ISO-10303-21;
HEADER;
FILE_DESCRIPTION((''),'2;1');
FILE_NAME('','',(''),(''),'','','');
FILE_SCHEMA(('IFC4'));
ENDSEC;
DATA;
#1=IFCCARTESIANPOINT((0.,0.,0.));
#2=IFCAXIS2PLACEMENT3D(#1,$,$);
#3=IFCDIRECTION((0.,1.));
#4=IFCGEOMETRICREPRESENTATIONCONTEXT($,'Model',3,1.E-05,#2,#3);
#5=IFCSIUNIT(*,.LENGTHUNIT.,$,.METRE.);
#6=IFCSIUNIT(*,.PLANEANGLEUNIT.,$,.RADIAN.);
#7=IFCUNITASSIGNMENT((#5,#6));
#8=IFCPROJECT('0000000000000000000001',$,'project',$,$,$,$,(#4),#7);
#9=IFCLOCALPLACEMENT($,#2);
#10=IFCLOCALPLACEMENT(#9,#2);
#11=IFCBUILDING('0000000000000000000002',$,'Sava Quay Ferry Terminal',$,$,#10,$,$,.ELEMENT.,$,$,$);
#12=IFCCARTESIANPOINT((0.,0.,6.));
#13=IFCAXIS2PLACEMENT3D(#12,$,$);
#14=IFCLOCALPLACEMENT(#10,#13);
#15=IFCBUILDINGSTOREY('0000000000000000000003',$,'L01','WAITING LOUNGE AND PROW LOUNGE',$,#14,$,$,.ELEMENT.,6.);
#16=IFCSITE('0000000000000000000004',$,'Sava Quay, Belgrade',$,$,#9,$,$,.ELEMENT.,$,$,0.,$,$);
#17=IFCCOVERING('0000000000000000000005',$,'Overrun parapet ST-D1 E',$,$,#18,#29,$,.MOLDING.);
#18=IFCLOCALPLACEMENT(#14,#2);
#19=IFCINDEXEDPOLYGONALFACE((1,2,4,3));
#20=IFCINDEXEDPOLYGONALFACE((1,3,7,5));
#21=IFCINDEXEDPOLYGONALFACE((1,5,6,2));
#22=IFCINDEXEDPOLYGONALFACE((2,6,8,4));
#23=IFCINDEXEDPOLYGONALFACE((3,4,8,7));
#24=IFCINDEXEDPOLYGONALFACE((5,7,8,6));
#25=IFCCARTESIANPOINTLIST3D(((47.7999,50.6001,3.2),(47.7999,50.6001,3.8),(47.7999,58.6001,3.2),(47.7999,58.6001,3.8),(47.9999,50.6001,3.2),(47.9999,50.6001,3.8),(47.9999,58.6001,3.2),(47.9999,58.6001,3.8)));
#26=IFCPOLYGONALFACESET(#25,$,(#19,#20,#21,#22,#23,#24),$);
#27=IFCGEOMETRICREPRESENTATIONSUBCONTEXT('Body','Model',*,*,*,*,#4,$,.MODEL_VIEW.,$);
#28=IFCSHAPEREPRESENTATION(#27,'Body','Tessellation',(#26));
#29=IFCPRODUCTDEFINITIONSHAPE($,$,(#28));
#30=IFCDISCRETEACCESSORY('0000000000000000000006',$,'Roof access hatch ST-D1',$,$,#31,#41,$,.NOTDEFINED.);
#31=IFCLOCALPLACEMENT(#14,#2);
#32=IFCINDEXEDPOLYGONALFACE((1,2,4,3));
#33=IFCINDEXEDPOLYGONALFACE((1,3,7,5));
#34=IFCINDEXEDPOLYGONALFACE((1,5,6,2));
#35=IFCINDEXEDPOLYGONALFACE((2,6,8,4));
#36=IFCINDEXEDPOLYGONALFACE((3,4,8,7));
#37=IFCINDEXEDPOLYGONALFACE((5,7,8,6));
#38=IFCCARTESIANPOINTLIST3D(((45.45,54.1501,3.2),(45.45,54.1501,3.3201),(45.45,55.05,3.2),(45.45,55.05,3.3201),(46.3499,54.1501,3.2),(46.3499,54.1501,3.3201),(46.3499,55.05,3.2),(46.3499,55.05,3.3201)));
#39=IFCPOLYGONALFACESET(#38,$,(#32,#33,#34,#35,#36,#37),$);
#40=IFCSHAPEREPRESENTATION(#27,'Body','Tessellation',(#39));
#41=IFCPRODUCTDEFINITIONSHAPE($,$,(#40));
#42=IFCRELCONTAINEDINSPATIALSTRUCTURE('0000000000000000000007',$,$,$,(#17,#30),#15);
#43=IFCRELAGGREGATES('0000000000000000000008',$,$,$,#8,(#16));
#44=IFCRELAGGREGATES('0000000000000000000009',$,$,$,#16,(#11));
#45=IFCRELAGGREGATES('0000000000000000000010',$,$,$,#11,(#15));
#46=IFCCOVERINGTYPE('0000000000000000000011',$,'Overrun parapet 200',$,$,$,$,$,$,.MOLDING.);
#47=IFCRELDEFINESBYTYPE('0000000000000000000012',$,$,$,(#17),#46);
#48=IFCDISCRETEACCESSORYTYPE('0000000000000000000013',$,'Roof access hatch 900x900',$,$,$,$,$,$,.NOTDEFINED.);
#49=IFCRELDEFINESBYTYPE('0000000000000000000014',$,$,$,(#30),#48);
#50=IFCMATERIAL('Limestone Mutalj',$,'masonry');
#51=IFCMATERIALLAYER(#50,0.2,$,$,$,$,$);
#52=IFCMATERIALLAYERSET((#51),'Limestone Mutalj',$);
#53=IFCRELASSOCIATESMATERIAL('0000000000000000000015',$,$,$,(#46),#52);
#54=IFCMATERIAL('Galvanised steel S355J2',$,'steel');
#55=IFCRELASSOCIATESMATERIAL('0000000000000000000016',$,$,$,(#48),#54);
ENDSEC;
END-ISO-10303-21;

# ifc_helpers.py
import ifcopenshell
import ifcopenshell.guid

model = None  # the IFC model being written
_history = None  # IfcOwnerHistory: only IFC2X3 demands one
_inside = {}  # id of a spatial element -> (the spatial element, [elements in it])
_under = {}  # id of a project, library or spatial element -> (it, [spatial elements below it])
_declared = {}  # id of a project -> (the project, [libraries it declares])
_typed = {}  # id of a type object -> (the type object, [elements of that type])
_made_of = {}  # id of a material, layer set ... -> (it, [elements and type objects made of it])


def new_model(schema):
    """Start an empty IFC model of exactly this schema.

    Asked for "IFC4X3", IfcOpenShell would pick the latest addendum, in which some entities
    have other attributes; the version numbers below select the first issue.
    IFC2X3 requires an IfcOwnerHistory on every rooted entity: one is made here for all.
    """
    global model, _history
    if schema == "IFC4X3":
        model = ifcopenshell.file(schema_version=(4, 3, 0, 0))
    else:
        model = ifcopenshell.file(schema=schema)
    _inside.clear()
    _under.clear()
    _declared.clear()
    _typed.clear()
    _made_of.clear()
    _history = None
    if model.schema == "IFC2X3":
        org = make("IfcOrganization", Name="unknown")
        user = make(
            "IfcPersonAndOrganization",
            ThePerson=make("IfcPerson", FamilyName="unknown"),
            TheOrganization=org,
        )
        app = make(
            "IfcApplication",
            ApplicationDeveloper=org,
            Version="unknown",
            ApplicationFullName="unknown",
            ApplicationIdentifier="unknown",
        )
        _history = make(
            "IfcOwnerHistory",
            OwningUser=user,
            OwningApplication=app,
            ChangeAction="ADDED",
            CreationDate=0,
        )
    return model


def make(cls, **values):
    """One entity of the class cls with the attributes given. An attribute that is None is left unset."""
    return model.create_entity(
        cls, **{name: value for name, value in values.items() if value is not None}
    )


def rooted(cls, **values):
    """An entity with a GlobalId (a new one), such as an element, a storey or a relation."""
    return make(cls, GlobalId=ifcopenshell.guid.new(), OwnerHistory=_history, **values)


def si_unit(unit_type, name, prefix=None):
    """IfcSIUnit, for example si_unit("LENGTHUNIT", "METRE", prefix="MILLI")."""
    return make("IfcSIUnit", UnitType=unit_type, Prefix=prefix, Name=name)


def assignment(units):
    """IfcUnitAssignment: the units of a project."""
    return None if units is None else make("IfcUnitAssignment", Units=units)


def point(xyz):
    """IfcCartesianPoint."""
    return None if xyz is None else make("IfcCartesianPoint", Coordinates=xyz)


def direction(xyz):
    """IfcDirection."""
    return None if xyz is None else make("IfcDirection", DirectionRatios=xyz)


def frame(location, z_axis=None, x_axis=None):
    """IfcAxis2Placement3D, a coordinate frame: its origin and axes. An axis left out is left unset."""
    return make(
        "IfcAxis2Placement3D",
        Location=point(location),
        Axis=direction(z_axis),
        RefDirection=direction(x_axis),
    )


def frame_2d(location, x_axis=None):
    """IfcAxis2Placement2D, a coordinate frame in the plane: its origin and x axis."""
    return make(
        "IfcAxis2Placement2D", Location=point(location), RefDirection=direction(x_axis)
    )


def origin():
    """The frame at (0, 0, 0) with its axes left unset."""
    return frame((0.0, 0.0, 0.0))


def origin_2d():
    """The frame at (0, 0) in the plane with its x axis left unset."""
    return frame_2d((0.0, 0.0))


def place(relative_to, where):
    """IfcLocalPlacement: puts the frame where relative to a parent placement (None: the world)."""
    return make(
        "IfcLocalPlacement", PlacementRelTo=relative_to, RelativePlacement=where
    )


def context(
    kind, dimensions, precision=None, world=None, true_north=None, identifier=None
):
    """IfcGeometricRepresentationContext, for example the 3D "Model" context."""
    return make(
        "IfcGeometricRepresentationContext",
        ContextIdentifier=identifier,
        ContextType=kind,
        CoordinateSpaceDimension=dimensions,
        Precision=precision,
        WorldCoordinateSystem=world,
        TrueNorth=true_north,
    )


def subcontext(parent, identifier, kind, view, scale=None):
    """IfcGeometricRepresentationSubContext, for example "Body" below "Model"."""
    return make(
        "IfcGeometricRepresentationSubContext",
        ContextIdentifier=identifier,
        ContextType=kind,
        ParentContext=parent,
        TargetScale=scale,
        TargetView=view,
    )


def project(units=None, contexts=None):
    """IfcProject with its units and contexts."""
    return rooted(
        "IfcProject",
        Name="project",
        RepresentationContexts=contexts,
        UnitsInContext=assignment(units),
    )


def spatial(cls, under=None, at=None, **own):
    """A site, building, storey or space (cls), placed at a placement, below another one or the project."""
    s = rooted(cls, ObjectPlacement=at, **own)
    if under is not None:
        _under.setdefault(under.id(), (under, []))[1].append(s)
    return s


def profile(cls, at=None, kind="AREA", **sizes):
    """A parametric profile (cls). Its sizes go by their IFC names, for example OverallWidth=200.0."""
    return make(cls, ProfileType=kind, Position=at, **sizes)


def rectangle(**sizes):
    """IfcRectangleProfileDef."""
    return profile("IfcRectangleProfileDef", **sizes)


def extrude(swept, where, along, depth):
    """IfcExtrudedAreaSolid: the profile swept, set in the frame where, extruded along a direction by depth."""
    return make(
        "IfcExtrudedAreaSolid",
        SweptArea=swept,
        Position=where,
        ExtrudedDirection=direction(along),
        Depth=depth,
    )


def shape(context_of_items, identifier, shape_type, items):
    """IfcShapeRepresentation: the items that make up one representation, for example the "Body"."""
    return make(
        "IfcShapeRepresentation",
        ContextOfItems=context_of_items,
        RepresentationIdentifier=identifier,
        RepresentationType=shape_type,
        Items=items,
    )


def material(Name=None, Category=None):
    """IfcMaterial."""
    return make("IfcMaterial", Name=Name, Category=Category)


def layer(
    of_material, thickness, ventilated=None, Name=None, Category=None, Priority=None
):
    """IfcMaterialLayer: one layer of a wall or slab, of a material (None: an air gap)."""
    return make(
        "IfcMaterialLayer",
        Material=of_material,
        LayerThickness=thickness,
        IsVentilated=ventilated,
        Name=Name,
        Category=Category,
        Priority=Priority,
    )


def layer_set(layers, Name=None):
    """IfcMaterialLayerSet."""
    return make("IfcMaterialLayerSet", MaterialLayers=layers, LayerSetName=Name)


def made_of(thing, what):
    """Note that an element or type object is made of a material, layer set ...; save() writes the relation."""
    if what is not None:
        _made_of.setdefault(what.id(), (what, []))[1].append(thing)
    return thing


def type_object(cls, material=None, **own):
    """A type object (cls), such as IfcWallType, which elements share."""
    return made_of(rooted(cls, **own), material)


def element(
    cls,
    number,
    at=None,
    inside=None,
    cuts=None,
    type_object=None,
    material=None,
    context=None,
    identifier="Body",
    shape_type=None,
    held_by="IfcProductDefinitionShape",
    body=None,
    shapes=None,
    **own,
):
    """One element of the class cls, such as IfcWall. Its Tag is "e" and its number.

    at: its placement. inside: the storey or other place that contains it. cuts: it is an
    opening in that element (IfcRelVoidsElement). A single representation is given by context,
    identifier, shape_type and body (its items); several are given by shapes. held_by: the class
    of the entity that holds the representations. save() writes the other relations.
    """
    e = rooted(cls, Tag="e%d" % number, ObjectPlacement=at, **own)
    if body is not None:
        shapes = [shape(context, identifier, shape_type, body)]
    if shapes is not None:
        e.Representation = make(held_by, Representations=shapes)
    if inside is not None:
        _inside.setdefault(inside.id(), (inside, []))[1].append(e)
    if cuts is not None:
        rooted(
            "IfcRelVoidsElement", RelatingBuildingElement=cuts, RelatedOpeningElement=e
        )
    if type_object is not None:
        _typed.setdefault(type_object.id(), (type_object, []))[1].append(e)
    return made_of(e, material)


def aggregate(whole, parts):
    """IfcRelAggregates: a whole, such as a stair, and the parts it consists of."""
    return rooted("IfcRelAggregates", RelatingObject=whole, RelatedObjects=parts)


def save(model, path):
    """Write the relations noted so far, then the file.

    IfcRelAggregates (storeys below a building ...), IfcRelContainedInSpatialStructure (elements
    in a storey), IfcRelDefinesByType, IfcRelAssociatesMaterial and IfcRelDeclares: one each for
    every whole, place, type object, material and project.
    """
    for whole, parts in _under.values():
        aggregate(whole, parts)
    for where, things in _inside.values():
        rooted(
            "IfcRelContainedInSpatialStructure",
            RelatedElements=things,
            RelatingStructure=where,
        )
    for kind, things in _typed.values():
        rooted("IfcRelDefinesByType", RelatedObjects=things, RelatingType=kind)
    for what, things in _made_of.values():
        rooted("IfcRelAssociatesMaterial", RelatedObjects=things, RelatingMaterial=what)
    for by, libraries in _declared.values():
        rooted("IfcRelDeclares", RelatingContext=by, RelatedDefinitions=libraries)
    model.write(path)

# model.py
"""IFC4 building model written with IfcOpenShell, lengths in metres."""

from ifc_helpers import new_model, si_unit, direction, frame, origin, origin_2d, place, context, subcontext, project, spatial, rectangle, extrude, material, layer, layer_set, type_object, element, save


model = new_model("IFC4")

# Units and contexts
model_context = context("Model", 3, precision=1e-05, world=origin(), true_north=direction((0.0, 1.0)))
body_context = subcontext(model_context, "Body", "Model", "MODEL_VIEW")
ifc_project = project(units=[si_unit("LENGTHUNIT", "METRE"), si_unit("PLANEANGLEUNIT", "RADIAN")], contexts=[model_context])

# Site, building, storey
site_placement = place(None, origin())
site = spatial("IfcSite", under=ifc_project, at=site_placement, Name="Sava Quay, Belgrade", CompositionType="ELEMENT", RefElevation=0.0)
building_placement = place(site_placement, origin())
building = spatial("IfcBuilding", under=site, at=building_placement, Name="Sava Quay Ferry Terminal", CompositionType="ELEMENT")
storey_placement = place(building_placement, frame((0.0, 0.0, 6.0)))
storey = spatial("IfcBuildingStorey", under=building, at=storey_placement, Name="L01", Description="WAITING LOUNGE AND PROW LOUNGE", CompositionType="ELEMENT", Elevation=6.0)

# Covering
ifc_material_1 = material(Name="Limestone Mutalj", Category="masonry")
ifc_layer_1 = layer(ifc_material_1, 0.2)
ifc_layer_set_1 = layer_set([ifc_layer_1], Name="Limestone Mutalj")
covering_type_1 = type_object("IfcCoveringType", Name="Overrun parapet 200", PredefinedType="MOLDING", material=ifc_layer_set_1)
for number, where, z_axis, x_axis, name in (
    (1, (47.8999, 54.6001, 3.2), (0.0, 0.0, 1.0), (1.0, 0.0, 0.0), "Overrun parapet ST-D1 E"),
):
    element("IfcCovering", number, at=place(storey_placement, frame(where, z_axis=z_axis, x_axis=x_axis)), inside=storey, type_object=covering_type_1, Name=name, PredefinedType="MOLDING", context=body_context, shape_type="SweptSolid", body=[
        extrude(rectangle(XDim=0.2, YDim=8.0, at=origin_2d()), origin(), (0.0, 0.0, 1.0), 0.6001),
    ])

# Discrete accessory
ifc_material_2 = material(Name="Galvanised steel S355J2", Category="steel")
discrete_accessory_type = type_object("IfcDiscreteAccessoryType", Name="Roof access hatch 900x900", PredefinedType="NOTDEFINED", material=ifc_material_2)
discrete_accessory_placement = place(storey_placement, frame((45.8999, 54.6001, 3.2), z_axis=(0.0, 0.0, 1.0), x_axis=(1.0, 0.0, 0.0)))
element("IfcDiscreteAccessory", 2, at=discrete_accessory_placement, inside=storey, type_object=discrete_accessory_type, Name="Roof access hatch ST-D1", PredefinedType="NOTDEFINED", context=body_context, shape_type="SweptSolid", body=[
    extrude(rectangle(XDim=0.8999, YDim=0.8999, at=origin_2d()), origin(), (0.0, 0.0, 1.0), 0.1201),
])

save(model, "model.ifc")
